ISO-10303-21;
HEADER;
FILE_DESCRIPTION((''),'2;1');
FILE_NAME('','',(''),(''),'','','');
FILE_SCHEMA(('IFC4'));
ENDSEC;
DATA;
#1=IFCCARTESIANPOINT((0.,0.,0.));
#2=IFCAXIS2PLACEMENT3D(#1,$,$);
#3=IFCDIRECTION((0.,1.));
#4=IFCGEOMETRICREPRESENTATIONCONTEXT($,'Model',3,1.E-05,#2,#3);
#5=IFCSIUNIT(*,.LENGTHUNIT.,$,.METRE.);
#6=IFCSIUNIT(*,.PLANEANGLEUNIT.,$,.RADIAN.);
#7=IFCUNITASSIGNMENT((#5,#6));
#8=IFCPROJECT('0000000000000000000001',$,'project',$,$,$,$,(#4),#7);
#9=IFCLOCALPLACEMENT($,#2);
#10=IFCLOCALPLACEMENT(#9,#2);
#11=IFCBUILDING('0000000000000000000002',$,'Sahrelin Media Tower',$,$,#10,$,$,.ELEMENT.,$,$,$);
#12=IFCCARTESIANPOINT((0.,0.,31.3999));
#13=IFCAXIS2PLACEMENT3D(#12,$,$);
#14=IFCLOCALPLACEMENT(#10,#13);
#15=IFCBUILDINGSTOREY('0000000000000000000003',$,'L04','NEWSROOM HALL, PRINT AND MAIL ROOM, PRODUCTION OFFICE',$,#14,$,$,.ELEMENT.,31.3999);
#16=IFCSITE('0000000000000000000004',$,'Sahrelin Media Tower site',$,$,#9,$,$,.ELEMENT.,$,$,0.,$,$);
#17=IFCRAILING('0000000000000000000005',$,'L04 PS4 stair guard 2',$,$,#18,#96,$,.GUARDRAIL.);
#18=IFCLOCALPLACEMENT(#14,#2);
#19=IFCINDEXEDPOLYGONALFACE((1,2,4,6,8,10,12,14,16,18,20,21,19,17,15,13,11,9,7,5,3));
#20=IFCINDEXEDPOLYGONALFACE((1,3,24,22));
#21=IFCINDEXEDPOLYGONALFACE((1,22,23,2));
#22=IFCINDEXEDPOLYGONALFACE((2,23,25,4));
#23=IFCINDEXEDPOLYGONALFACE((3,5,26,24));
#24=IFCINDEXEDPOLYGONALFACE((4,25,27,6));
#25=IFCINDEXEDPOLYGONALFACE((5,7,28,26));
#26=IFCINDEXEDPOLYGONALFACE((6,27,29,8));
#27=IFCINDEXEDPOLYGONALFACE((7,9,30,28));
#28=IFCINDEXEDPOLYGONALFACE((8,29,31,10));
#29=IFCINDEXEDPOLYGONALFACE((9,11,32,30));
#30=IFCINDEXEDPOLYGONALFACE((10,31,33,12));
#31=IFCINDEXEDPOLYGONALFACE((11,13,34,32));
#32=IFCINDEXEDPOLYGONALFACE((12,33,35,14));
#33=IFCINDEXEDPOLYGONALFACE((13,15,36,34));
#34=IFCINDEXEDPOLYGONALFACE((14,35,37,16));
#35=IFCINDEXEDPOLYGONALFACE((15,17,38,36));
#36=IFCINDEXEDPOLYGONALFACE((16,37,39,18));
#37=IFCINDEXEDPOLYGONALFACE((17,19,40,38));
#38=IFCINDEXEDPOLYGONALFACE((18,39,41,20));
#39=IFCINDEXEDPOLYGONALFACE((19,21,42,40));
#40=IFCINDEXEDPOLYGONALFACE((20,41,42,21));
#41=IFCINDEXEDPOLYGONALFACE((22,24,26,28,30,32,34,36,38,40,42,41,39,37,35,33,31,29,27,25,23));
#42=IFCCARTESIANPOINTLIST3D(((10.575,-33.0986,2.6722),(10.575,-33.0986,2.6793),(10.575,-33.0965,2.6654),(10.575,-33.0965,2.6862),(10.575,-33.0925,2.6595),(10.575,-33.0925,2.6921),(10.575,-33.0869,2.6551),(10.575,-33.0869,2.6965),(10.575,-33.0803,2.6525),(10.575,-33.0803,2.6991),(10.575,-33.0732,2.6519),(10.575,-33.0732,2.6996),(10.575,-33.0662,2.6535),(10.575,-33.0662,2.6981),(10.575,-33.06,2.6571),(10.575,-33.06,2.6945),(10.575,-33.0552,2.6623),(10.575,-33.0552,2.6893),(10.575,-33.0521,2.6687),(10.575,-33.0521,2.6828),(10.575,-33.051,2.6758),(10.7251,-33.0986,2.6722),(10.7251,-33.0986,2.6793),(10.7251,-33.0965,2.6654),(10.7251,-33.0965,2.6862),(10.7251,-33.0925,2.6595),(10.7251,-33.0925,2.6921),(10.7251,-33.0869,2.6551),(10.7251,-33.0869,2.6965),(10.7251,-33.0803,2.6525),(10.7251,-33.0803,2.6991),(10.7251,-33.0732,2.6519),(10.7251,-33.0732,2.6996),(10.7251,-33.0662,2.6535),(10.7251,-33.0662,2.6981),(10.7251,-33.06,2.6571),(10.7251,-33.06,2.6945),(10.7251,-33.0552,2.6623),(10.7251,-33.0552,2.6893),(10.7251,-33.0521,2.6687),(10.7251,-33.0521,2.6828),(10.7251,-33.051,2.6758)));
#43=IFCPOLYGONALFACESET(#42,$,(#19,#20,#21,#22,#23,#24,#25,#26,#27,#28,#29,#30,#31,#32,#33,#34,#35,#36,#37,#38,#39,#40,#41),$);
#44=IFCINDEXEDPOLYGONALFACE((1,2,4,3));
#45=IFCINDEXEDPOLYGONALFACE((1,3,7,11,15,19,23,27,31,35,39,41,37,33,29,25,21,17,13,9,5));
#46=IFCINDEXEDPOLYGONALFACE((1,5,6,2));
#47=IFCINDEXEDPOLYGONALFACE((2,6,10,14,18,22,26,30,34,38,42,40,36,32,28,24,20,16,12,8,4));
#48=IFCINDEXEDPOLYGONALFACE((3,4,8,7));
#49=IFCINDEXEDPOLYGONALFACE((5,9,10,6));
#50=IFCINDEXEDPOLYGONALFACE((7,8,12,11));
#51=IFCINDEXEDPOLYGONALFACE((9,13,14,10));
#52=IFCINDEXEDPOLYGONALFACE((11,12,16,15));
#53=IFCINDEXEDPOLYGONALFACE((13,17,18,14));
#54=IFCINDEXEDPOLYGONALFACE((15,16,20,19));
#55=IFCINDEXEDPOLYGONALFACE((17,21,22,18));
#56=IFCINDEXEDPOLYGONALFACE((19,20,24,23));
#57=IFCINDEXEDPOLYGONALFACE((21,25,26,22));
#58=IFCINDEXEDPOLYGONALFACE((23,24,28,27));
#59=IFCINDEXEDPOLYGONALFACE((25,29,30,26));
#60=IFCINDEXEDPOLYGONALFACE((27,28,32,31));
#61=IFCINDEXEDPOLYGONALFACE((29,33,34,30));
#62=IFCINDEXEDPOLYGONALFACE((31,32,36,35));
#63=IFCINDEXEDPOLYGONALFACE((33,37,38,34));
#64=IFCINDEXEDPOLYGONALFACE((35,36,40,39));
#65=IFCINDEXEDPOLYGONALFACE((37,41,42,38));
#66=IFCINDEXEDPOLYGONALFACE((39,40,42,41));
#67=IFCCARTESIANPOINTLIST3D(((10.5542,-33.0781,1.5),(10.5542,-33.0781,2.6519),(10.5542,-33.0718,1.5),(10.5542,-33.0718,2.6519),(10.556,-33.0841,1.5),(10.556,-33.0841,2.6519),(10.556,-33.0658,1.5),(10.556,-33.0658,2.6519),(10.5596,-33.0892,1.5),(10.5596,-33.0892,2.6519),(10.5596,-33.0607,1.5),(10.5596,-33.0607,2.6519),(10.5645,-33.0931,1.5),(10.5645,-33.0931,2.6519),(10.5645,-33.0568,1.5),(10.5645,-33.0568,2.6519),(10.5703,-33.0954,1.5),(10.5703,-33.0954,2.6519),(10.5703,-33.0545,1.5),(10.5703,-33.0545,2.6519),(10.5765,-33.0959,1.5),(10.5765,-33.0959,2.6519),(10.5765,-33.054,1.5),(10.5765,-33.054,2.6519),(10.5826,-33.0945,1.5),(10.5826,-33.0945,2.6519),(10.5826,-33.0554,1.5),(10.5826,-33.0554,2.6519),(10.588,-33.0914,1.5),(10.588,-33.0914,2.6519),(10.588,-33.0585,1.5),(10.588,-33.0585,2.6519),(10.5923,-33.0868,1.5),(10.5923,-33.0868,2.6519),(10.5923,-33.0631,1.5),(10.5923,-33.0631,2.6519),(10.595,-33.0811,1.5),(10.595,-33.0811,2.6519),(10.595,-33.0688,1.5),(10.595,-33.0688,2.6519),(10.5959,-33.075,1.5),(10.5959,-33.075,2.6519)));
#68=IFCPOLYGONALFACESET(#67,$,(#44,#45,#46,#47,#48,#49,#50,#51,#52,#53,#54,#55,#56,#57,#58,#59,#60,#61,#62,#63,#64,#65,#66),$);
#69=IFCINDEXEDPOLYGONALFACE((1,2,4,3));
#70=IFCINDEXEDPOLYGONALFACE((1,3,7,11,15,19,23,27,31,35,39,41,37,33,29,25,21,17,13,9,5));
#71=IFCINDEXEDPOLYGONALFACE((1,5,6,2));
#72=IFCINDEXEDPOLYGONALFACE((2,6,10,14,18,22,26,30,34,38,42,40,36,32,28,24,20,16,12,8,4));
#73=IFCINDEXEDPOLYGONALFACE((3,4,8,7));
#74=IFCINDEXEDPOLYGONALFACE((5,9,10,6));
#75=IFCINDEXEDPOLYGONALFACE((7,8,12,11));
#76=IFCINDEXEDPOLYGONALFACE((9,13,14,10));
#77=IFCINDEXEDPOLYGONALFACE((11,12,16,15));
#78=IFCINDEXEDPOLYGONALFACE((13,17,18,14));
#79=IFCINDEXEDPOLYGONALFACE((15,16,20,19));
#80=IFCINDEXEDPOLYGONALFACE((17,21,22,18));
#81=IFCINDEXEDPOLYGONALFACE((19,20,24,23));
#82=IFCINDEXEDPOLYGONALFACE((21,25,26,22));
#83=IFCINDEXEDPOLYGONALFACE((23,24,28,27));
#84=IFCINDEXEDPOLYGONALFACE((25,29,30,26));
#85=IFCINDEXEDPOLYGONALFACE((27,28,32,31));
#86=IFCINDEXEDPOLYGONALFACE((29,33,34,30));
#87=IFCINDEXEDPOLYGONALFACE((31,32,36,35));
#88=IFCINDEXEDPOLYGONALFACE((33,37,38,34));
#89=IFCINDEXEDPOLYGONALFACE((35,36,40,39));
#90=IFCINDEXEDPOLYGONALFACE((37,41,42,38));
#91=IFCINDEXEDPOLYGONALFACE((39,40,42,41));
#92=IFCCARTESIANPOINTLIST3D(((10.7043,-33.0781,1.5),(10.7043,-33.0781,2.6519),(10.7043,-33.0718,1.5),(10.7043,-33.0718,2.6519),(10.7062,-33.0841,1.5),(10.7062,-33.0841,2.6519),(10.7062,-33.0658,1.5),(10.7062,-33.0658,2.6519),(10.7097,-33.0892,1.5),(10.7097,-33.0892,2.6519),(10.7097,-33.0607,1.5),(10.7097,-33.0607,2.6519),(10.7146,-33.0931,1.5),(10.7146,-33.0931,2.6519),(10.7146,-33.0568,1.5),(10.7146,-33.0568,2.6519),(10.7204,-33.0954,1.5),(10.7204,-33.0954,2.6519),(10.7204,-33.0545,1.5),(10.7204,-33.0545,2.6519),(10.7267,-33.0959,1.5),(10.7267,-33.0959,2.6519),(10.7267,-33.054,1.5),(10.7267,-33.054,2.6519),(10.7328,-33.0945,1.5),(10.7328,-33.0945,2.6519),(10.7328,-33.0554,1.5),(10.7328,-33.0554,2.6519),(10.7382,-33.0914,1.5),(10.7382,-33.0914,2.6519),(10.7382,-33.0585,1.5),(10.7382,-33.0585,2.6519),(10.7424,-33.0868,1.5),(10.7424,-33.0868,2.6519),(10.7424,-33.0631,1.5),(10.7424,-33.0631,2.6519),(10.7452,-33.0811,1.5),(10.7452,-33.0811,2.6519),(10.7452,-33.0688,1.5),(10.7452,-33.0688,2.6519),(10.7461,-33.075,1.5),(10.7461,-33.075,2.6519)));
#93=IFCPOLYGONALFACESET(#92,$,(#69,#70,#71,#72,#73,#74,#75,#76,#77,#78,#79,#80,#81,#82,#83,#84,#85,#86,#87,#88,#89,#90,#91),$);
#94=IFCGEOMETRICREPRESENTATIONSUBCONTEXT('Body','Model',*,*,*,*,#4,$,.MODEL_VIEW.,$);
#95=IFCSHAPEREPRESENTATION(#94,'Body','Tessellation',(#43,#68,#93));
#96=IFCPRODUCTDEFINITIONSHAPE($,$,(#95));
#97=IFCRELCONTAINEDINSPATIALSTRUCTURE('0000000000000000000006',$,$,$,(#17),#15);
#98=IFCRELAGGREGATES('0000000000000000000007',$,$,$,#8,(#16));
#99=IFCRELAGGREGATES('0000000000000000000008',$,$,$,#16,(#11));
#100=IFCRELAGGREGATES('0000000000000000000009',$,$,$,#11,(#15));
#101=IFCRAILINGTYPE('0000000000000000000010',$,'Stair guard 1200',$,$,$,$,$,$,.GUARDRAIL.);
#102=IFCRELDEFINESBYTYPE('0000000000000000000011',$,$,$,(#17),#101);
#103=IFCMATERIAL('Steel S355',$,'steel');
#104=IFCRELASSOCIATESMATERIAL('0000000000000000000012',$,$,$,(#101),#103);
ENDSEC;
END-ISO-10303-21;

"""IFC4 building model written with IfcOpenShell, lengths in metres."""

from ifc_helpers import new_model, si_unit, direction, frame, origin, origin_2d, place, context, subcontext, project, spatial, circle, extrude, material, type_object, element, save


model = new_model("IFC4")

# Units and contexts
model_context = context("Model", 3, precision=1e-05, world=origin(), true_north=direction((0.0, 1.0)))
body_context = subcontext(model_context, "Body", "Model", "MODEL_VIEW")
ifc_project = project(units=[si_unit("LENGTHUNIT", "METRE"), si_unit("PLANEANGLEUNIT", "RADIAN")], contexts=[model_context])

# Site, building, storey
site_placement = place(None, origin())
site = spatial("IfcSite", under=ifc_project, at=site_placement, Name="Sahrelin Media Tower site", CompositionType="ELEMENT", RefElevation=0.0)
building_placement = place(site_placement, origin())
building = spatial("IfcBuilding", under=site, at=building_placement, Name="Sahrelin Media Tower", CompositionType="ELEMENT")
storey_placement = place(building_placement, frame((0.0, 0.0, 31.3999)))
storey = spatial("IfcBuildingStorey", under=building, at=storey_placement, Name="L04", Description="NEWSROOM HALL, PRINT AND MAIL ROOM, PRODUCTION OFFICE", CompositionType="ELEMENT", Elevation=31.3999)

# Shared definitions
ifc_material_1 = material(Name="Steel S355", Category="steel")

# Railing
railing_type_1 = type_object("IfcRailingType", Name="Stair guard 1200", PredefinedType="GUARDRAIL", material=ifc_material_1)
railing_1_placement = place(storey_placement, frame((10.575, -33.075, 1.5)))
element("IfcRailing", 1, at=railing_1_placement, inside=storey, type_object=railing_type_1, Name="L04 PS4 stair guard 2", PredefinedType="GUARDRAIL", context=body_context, shape_type="SweptSolid", body=[
    extrude(circle(Radius=0.0239, at=origin_2d()), frame((0.0, 0.0, 1.1758), z_axis=(1.0, 0.0, 0.0), x_axis=(0.0, 1.0, 0.0)), (0.0, 0.0, 1.0), 0.1501),
    extrude(circle(Radius=0.021, at=origin_2d()), origin(), (0.0, 0.0, 1.0), 1.1519),
    extrude(circle(Radius=0.021, at=origin_2d()), frame((0.1501, 0.0, 0.0)), (0.0, 0.0, 1.0), 1.1519),
])

save(model, "model.ifc")
